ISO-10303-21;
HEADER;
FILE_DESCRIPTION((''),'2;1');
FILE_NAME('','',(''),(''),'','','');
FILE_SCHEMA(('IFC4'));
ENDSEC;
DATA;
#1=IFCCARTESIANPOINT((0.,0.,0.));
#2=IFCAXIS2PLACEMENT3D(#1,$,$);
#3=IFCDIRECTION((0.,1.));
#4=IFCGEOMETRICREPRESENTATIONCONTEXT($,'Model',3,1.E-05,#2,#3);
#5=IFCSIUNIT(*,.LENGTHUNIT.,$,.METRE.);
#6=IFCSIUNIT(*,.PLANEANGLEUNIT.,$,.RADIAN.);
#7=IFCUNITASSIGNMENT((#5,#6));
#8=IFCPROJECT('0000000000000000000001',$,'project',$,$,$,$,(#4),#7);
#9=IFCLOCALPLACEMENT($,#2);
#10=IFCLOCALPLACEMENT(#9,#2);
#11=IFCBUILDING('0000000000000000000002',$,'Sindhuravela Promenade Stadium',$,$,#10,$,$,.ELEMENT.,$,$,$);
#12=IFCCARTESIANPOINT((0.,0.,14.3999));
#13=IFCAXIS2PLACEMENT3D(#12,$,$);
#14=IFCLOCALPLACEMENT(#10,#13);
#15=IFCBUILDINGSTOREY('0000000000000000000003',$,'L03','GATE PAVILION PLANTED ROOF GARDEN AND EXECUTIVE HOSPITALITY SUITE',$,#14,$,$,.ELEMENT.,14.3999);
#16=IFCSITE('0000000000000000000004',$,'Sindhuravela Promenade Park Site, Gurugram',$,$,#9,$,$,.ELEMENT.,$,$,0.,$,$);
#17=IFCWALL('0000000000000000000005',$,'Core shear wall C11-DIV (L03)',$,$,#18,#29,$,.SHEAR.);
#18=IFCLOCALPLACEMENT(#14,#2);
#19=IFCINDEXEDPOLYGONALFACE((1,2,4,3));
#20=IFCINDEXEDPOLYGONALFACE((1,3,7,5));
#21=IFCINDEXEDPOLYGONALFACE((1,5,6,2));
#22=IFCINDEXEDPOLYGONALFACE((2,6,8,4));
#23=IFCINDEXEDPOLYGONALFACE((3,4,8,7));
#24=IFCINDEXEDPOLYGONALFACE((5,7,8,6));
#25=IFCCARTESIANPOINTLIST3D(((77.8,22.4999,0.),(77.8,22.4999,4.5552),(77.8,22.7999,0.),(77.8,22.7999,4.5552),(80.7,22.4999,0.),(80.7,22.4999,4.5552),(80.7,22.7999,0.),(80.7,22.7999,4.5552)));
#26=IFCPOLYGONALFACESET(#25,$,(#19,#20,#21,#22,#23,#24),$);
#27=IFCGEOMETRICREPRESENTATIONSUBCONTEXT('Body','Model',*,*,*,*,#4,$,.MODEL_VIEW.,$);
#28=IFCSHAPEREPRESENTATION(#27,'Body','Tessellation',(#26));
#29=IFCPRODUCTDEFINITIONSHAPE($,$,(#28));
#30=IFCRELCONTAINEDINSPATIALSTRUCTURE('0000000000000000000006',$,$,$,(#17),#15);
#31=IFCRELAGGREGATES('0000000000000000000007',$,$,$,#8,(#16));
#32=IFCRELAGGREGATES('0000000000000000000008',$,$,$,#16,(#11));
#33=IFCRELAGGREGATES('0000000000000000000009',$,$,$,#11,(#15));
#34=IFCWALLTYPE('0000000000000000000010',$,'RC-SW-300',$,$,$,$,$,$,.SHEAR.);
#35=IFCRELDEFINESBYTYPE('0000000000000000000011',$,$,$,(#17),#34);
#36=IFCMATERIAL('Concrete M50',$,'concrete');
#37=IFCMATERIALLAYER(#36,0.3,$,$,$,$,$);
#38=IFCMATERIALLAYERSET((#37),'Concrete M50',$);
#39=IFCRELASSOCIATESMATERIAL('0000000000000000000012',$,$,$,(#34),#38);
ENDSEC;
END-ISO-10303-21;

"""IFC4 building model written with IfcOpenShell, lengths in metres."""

from ifc_helpers import new_model, si_unit, direction, frame, frame_2d, origin, place, context, subcontext, project, spatial, rectangle, extrude, material, layer, layer_set, type_object, element, save


model = new_model("IFC4")

# Units and contexts
model_context = context("Model", 3, precision=1e-05, world=origin(), true_north=direction((0.0, 1.0)))
body_context = subcontext(model_context, "Body", "Model", "MODEL_VIEW")
ifc_project = project(units=[si_unit("LENGTHUNIT", "METRE"), si_unit("PLANEANGLEUNIT", "RADIAN")], contexts=[model_context])

# Site, building, storey
site_placement = place(None, origin())
site = spatial("IfcSite", under=ifc_project, at=site_placement, Name="Sindhuravela Promenade Park Site, Gurugram", CompositionType="ELEMENT", RefElevation=0.0)
building_placement = place(site_placement, origin())
building = spatial("IfcBuilding", under=site, at=building_placement, Name="Sindhuravela Promenade Stadium", CompositionType="ELEMENT")
storey_placement = place(building_placement, frame((0.0, 0.0, 14.3999)))
storey = spatial("IfcBuildingStorey", under=building, at=storey_placement, Name="L03", Description="GATE PAVILION PLANTED ROOF GARDEN AND EXECUTIVE HOSPITALITY SUITE", CompositionType="ELEMENT", Elevation=14.3999)

# Shared definitions
ifc_material_1 = material(Name="Concrete M50", Category="concrete")
ifc_layer_1 = layer(ifc_material_1, 0.3)
ifc_layer_set_1 = layer_set([ifc_layer_1], Name="Concrete M50")
wall_type_1 = type_object("IfcWallType", Name="RC-SW-300", PredefinedType="SHEAR", material=ifc_layer_set_1)

# Wall
wall_1_placement = place(storey_placement, frame((77.8, 22.6499, 0.0), z_axis=(0.0, 0.0, 1.0), x_axis=(1.0, 0.0, 0.0)))
element("IfcWall", 1, at=wall_1_placement, inside=storey, type_object=wall_type_1, Name="Core shear wall C11-DIV (L03)", PredefinedType="SHEAR", context=body_context, shape_type="SweptSolid", body=[
    extrude(rectangle(XDim=2.8999, YDim=0.3, at=frame_2d((1.45, 0.0))), origin(), (0.0, 0.0, 1.0), 4.5552),
])

save(model, "model.ifc")
